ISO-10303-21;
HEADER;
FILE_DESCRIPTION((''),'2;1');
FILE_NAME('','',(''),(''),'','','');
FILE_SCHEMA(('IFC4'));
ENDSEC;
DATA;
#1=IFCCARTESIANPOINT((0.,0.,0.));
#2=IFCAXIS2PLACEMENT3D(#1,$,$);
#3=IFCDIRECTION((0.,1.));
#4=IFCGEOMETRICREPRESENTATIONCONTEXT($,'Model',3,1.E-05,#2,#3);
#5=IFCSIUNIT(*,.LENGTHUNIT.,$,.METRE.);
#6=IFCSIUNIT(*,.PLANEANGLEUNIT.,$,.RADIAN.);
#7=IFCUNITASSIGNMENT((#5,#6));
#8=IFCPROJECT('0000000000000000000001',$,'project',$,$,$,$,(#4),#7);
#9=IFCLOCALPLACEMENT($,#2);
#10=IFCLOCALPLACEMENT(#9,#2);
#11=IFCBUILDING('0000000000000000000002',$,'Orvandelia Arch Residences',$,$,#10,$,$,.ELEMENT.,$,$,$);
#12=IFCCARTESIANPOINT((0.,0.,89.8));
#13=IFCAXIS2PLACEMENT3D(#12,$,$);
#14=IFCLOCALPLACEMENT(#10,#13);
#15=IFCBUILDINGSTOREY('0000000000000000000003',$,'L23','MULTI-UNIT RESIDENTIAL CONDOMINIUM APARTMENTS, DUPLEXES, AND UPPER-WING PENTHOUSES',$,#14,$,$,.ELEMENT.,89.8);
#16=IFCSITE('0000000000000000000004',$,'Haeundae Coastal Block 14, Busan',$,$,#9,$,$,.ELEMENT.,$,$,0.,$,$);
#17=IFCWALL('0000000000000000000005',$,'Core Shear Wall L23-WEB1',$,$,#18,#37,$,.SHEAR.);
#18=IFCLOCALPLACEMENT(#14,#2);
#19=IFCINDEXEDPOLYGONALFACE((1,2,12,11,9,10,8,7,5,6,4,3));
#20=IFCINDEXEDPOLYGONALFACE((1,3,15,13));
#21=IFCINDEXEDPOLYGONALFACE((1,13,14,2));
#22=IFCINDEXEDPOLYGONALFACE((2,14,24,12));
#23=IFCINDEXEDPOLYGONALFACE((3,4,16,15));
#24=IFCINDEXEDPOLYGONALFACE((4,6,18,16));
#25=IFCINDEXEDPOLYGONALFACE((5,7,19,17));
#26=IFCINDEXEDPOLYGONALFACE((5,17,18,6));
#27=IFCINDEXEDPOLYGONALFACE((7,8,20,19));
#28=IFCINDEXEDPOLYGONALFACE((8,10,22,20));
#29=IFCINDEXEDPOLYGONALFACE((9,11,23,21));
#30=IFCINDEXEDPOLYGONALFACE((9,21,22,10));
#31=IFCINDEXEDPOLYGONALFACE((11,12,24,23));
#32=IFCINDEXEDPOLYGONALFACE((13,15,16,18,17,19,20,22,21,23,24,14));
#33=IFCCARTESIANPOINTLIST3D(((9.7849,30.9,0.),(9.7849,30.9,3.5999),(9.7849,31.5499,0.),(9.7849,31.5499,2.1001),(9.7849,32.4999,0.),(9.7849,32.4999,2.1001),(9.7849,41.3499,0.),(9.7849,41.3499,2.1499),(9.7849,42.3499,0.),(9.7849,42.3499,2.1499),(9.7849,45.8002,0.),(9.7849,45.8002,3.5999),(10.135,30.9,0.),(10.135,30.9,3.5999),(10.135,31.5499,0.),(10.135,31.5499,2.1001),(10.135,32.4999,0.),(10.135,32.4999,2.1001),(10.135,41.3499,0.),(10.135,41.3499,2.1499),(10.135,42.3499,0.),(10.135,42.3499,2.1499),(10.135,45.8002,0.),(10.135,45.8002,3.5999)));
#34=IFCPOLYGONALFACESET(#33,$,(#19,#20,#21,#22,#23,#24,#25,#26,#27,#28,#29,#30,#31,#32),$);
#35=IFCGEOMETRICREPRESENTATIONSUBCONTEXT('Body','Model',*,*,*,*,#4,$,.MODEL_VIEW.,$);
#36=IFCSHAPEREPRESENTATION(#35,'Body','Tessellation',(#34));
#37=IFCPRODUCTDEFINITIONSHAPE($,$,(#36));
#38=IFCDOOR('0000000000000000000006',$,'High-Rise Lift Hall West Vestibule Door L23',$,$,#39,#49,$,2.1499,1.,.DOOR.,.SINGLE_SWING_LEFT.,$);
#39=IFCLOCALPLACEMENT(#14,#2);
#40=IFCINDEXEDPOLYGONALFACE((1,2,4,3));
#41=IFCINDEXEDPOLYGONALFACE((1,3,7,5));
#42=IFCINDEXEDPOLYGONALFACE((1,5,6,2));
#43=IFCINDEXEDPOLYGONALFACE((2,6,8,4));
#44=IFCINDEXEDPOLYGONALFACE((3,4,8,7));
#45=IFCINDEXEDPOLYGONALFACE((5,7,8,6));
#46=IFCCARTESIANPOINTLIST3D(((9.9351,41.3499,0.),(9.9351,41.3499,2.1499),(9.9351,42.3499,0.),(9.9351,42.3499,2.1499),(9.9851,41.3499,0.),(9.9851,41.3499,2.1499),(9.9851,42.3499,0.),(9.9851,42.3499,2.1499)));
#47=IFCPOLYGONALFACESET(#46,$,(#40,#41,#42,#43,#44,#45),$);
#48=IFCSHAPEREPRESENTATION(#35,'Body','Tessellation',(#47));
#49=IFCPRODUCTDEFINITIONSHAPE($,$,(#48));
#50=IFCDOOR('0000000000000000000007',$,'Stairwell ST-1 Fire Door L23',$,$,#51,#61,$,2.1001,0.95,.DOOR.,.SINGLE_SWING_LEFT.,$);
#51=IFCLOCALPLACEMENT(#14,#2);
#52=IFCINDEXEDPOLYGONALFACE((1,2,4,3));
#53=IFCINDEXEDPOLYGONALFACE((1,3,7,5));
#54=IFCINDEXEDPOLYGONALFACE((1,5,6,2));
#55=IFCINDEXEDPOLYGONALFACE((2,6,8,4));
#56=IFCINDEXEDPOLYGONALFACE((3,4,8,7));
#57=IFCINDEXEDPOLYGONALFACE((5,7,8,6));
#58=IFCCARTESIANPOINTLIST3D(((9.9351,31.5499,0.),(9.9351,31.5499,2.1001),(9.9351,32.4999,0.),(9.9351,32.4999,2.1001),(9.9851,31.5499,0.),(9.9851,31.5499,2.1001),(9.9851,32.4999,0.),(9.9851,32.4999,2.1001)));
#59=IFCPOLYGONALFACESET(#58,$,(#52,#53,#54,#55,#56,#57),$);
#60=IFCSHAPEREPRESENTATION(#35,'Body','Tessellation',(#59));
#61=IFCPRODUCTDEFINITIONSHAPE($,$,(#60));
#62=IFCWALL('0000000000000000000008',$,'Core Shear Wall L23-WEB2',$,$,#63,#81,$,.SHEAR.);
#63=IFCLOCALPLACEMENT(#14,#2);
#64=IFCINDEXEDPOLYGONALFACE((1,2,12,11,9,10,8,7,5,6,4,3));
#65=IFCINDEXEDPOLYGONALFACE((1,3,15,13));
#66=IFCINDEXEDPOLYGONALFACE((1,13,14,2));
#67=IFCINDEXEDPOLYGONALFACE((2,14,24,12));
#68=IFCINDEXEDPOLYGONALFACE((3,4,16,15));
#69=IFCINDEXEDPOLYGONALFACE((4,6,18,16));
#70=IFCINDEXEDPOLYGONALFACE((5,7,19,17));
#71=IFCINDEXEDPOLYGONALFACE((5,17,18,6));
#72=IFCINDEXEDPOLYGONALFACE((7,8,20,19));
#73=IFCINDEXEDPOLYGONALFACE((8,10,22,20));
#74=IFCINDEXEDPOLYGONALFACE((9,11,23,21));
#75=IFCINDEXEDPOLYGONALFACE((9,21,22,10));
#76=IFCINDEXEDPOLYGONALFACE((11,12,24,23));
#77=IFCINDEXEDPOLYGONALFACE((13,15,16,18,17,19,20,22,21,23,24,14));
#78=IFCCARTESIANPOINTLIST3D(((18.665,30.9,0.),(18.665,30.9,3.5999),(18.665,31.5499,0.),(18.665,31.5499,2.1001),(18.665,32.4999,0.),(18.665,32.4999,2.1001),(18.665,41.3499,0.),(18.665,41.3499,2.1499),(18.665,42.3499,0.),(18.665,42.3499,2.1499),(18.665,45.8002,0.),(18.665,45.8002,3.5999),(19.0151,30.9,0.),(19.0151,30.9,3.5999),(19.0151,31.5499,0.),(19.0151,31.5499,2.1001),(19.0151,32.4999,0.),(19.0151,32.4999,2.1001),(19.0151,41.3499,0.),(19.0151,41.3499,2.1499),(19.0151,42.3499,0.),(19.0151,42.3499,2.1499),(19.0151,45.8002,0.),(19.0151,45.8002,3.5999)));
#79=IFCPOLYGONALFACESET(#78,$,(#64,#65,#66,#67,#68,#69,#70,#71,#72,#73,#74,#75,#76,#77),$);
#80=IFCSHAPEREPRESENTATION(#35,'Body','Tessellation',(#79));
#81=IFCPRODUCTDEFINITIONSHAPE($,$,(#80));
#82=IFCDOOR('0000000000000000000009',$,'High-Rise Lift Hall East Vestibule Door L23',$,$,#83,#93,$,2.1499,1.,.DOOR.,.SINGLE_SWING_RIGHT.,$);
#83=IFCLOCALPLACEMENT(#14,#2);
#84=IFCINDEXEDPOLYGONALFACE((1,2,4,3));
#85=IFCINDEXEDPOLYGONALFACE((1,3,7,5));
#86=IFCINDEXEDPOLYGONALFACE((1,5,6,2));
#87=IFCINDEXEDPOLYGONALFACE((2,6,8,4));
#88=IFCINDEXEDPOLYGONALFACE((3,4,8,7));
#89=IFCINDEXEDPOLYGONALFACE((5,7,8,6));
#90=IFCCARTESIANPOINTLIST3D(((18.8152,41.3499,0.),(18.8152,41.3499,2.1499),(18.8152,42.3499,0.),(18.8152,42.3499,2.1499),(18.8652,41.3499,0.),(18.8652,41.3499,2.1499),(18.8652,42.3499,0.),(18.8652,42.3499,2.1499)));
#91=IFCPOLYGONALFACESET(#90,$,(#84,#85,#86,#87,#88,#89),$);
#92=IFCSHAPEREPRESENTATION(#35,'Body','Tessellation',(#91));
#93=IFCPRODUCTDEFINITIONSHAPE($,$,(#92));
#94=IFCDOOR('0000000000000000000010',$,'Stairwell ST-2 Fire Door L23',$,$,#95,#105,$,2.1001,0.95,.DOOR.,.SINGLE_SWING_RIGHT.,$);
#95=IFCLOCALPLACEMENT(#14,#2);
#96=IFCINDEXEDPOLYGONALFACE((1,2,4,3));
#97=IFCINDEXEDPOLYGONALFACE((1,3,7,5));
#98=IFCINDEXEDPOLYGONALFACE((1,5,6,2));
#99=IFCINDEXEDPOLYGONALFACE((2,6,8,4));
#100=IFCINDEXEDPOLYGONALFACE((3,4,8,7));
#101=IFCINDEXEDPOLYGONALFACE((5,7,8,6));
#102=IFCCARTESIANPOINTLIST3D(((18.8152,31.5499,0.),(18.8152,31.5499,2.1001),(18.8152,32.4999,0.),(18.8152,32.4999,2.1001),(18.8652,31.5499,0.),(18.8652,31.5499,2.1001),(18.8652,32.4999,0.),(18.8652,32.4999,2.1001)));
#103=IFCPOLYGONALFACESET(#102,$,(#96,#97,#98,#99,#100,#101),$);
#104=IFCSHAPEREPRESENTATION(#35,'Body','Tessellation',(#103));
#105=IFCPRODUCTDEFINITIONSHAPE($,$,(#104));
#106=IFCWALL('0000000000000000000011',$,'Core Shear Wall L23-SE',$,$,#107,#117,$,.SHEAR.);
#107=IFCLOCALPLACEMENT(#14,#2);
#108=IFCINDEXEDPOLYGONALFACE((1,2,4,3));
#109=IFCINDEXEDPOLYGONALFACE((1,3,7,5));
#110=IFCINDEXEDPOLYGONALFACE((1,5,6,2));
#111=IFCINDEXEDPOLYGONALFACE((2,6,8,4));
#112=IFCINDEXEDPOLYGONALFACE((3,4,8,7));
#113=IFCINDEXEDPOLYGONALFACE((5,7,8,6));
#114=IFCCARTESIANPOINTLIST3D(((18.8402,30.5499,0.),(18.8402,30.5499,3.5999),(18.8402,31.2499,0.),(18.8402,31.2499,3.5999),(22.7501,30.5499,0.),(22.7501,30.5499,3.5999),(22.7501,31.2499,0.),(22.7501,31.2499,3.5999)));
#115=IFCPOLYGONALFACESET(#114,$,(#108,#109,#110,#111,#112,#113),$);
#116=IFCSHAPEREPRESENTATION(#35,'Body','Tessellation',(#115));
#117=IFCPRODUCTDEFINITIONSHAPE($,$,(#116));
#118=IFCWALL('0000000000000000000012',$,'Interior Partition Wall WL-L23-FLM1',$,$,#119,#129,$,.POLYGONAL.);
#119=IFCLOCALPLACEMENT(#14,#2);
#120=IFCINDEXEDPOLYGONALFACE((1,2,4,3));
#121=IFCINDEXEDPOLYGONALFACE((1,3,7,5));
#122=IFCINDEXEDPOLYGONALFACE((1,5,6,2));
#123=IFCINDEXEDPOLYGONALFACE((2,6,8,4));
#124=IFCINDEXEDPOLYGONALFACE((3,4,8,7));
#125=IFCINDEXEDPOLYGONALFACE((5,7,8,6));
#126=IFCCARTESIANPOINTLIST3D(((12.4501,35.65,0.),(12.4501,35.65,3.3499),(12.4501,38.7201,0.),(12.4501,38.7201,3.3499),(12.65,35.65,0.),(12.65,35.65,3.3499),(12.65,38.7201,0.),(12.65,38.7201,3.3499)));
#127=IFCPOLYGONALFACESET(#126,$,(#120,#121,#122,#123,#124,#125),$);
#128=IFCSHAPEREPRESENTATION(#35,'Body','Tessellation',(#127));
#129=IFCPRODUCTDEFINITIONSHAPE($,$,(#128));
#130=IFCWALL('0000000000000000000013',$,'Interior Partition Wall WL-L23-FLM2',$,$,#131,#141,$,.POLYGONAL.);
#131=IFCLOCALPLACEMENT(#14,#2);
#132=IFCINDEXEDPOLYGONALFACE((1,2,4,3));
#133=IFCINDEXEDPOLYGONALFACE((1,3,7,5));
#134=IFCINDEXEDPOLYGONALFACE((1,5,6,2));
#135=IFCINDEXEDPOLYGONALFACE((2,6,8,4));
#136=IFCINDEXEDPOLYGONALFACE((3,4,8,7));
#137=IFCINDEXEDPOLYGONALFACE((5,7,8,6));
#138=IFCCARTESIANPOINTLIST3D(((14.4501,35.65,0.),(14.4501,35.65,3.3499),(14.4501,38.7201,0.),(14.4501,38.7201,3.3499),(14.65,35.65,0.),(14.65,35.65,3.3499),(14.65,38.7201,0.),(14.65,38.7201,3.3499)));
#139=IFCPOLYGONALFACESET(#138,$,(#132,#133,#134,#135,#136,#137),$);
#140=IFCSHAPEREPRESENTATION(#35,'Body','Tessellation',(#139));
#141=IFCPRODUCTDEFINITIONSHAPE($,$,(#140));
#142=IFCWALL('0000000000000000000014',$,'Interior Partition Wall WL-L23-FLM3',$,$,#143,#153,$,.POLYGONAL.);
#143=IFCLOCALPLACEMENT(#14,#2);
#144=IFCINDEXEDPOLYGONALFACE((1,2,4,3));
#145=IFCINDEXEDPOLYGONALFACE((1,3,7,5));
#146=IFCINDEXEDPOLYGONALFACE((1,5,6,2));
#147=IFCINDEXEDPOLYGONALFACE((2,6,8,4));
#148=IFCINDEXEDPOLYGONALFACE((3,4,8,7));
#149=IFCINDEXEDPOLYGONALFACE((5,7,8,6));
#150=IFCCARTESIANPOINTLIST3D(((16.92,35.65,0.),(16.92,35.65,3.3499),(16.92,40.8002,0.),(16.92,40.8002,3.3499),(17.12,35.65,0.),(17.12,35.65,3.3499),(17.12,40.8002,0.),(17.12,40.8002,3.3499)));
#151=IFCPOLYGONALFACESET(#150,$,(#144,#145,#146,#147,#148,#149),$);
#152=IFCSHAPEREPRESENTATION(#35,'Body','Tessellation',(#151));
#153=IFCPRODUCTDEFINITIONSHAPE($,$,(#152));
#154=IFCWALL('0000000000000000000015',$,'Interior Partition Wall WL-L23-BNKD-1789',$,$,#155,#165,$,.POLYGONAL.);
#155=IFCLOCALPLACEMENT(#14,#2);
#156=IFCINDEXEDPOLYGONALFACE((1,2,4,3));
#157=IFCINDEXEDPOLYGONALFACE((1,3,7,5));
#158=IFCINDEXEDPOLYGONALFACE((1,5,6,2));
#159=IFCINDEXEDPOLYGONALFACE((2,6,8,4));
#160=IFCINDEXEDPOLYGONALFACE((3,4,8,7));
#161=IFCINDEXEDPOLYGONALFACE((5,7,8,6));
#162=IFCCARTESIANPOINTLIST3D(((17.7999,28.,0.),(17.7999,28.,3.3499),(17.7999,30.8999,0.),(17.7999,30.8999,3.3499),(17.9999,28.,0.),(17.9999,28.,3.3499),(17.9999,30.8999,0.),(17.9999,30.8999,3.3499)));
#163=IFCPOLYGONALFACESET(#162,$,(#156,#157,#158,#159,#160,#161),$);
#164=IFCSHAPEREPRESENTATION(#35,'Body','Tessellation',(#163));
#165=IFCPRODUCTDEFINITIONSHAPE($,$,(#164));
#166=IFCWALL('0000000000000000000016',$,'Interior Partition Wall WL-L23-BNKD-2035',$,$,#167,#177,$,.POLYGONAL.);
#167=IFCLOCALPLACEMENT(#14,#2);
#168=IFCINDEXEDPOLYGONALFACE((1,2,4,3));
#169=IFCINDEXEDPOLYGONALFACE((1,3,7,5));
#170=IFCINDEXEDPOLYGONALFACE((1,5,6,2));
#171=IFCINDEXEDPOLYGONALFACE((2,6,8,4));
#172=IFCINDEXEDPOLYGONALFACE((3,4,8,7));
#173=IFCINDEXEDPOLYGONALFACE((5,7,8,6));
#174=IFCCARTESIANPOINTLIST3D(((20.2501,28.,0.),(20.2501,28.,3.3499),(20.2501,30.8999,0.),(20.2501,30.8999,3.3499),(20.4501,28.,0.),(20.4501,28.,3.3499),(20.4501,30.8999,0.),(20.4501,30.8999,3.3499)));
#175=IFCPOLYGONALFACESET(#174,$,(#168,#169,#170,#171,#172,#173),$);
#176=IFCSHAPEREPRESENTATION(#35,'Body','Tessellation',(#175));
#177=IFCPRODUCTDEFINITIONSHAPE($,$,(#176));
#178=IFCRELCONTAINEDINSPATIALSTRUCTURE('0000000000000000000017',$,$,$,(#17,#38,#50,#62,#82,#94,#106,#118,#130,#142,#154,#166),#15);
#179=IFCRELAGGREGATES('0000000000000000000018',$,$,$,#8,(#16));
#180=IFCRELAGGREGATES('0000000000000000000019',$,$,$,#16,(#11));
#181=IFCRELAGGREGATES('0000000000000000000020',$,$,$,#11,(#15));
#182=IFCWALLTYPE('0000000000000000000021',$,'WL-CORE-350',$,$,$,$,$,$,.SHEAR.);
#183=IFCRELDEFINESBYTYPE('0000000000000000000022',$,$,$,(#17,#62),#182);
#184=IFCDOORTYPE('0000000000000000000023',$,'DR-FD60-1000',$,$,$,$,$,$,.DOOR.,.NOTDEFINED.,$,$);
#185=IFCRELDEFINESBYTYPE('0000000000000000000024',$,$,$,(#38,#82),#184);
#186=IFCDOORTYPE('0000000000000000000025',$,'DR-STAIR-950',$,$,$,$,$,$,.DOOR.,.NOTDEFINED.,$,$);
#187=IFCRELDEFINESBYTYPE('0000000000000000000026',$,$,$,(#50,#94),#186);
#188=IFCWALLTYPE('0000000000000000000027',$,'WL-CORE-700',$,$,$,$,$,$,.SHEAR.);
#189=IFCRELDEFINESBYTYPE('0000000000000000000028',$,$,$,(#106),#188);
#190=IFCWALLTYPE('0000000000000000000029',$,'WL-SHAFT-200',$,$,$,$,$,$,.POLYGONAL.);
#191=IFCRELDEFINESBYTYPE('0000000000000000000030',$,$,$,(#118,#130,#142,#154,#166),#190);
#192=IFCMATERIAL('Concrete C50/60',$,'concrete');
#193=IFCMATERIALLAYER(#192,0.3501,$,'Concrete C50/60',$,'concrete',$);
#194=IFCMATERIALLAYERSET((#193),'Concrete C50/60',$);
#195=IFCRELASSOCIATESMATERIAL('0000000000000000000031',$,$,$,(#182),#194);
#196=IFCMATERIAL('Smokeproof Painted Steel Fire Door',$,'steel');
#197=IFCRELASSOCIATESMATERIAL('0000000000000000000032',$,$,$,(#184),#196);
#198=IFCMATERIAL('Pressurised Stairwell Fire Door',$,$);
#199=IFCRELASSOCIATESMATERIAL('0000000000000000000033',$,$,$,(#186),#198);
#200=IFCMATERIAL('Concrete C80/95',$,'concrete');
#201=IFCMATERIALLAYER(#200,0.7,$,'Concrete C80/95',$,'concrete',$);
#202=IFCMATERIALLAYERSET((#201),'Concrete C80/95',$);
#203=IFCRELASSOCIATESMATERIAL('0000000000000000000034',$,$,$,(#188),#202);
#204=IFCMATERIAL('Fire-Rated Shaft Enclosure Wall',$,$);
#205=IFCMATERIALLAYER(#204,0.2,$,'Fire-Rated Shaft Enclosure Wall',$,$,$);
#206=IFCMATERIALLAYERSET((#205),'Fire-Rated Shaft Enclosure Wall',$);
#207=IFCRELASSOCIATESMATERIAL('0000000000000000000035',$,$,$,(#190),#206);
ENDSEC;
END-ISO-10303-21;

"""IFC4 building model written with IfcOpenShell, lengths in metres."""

from ifc_helpers import new_model, si_unit, direction, frame, frame_2d, origin, place, context, subcontext, project, spatial, rectangle, extrude, material, layer, layer_set, type_object, element, fill, save


model = new_model("IFC4")

# Units and contexts
model_context = context("Model", 3, precision=1e-05, world=origin(), true_north=direction((0.0, 1.0)))
body_context = subcontext(model_context, "Body", "Model", "MODEL_VIEW")
ifc_project = project(units=[si_unit("LENGTHUNIT", "METRE"), si_unit("PLANEANGLEUNIT", "RADIAN")], contexts=[model_context])

# Site, building, storey
site_placement = place(None, origin())
site = spatial("IfcSite", under=ifc_project, at=site_placement, Name="Haeundae Coastal Block 14, Busan", CompositionType="ELEMENT", RefElevation=0.0)
building_placement = place(site_placement, origin())
building = spatial("IfcBuilding", under=site, at=building_placement, Name="Orvandelia Arch Residences", CompositionType="ELEMENT")
storey_placement = place(building_placement, frame((0.0, 0.0, 89.8)))
storey = spatial("IfcBuildingStorey", under=building, at=storey_placement, Name="L23", Description="MULTI-UNIT RESIDENTIAL CONDOMINIUM APARTMENTS, DUPLEXES, AND UPPER-WING PENTHOUSES", CompositionType="ELEMENT", Elevation=89.8)

# Walls, openings, doors
ifc_material_1 = material(Name="Concrete C50/60", Category="concrete")
ifc_layer_1 = layer(ifc_material_1, 0.3501, Name="Concrete C50/60", Category="concrete")
ifc_layer_set_1 = layer_set([ifc_layer_1], Name="Concrete C50/60")
wall_type_1 = type_object("IfcWallType", Name="WL-CORE-350", PredefinedType="SHEAR", material=ifc_layer_set_1)
wall_1_placement = place(storey_placement, frame((9.96, 30.8999, 0.0), z_axis=(0.0, 0.0, 1.0), x_axis=(0.0, 1.0, 0.0)))
wall_1 = element("IfcWall", 1, at=wall_1_placement, inside=storey, type_object=wall_type_1, Name="Core Shear Wall L23-WEB1", PredefinedType="SHEAR", context=body_context, shape_type="SweptSolid", body=[
    extrude(rectangle(XDim=14.9001, YDim=0.3501, at=frame_2d((7.4502, 0.0))), origin(), (0.0, 0.0, 1.0), 3.5999),
])
opening_1_placement = place(wall_1_placement, frame((0.6499, 0.0, 0.0)))
opening_1 = element("IfcOpeningElement", 2, at=opening_1_placement, cuts=wall_1, PredefinedType="OPENING", context=body_context, shape_type="SweptSolid", body=[
    extrude(rectangle(XDim=0.95, YDim=2.1001, at=frame_2d((0.4751, 1.05))), frame((0.0, 0.1851, 0.0), z_axis=(0.0, -1.0, 0.0), x_axis=(1.0, 0.0, 0.0)), (0.0, 0.0, 1.0), 0.3701),
])
opening_2_placement = place(wall_1_placement, frame((10.45, 0.0, 0.0)))
opening_2 = element("IfcOpeningElement", 3, at=opening_2_placement, cuts=wall_1, PredefinedType="OPENING", context=body_context, shape_type="SweptSolid", body=[
    extrude(rectangle(XDim=1.0, YDim=2.1499, at=frame_2d((0.5, 1.075))), frame((0.0, 0.1851, 0.0), z_axis=(0.0, -1.0, 0.0), x_axis=(1.0, 0.0, 0.0)), (0.0, 0.0, 1.0), 0.3701),
])
ifc_material_2 = material(Name="Smokeproof Painted Steel Fire Door", Category="steel")
door_type_1 = type_object("IfcDoorType", Name="DR-FD60-1000", OperationType="NOTDEFINED", PredefinedType="DOOR", material=ifc_material_2)
door_1_placement = place(opening_2_placement, origin())
door_1 = element("IfcDoor", 4, at=door_1_placement, inside=storey, type_object=door_type_1, Name="High-Rise Lift Hall West Vestibule Door L23", OperationType="SINGLE_SWING_LEFT", OverallHeight=2.1499, OverallWidth=1.0, PredefinedType="DOOR", context=body_context, shape_type="SweptSolid", body=[
    extrude(rectangle(XDim=1.0, YDim=2.1499, at=frame_2d((0.5, 1.075))), frame((0.0, 0.0249, 0.0), z_axis=(0.0, -1.0, 0.0), x_axis=(1.0, 0.0, 0.0)), (0.0, 0.0, 1.0), 0.05),
])
fill(opening_2, door_1)
ifc_material_3 = material(Name="Pressurised Stairwell Fire Door")
door_type_2 = type_object("IfcDoorType", Name="DR-STAIR-950", OperationType="NOTDEFINED", PredefinedType="DOOR", material=ifc_material_3)
door_2_placement = place(opening_1_placement, origin())
door_2 = element("IfcDoor", 5, at=door_2_placement, inside=storey, type_object=door_type_2, Name="Stairwell ST-1 Fire Door L23", OperationType="SINGLE_SWING_LEFT", OverallHeight=2.1001, OverallWidth=0.95, PredefinedType="DOOR", context=body_context, shape_type="SweptSolid", body=[
    extrude(rectangle(XDim=0.95, YDim=2.1001, at=frame_2d((0.4751, 1.05))), frame((0.0, 0.0249, 0.0), z_axis=(0.0, -1.0, 0.0), x_axis=(1.0, 0.0, 0.0)), (0.0, 0.0, 1.0), 0.05),
])
fill(opening_1, door_2)
wall_2_placement = place(storey_placement, frame((18.8401, 30.8999, 0.0), z_axis=(0.0, 0.0, 1.0), x_axis=(0.0, 1.0, 0.0)))
wall_2 = element("IfcWall", 6, at=wall_2_placement, inside=storey, type_object=wall_type_1, Name="Core Shear Wall L23-WEB2", PredefinedType="SHEAR", context=body_context, shape_type="SweptSolid", body=[
    extrude(rectangle(XDim=14.9001, YDim=0.3501, at=frame_2d((7.4502, 0.0))), origin(), (0.0, 0.0, 1.0), 3.5999),
])
opening_3_placement = place(wall_2_placement, frame((0.6499, 0.0, 0.0)))
opening_3 = element("IfcOpeningElement", 7, at=opening_3_placement, cuts=wall_2, PredefinedType="OPENING", context=body_context, shape_type="SweptSolid", body=[
    extrude(rectangle(XDim=0.95, YDim=2.1001, at=frame_2d((0.4751, 1.05))), frame((0.0, 0.1851, 0.0), z_axis=(0.0, -1.0, 0.0), x_axis=(1.0, 0.0, 0.0)), (0.0, 0.0, 1.0), 0.3701),
])
opening_4_placement = place(wall_2_placement, frame((10.45, 0.0, 0.0)))
opening_4 = element("IfcOpeningElement", 8, at=opening_4_placement, cuts=wall_2, PredefinedType="OPENING", context=body_context, shape_type="SweptSolid", body=[
    extrude(rectangle(XDim=1.0, YDim=2.1499, at=frame_2d((0.5, 1.075))), frame((0.0, 0.1851, 0.0), z_axis=(0.0, -1.0, 0.0), x_axis=(1.0, 0.0, 0.0)), (0.0, 0.0, 1.0), 0.3701),
])
door_3_placement = place(opening_4_placement, origin())
door_3 = element("IfcDoor", 9, at=door_3_placement, inside=storey, type_object=door_type_1, Name="High-Rise Lift Hall East Vestibule Door L23", OperationType="SINGLE_SWING_RIGHT", OverallHeight=2.1499, OverallWidth=1.0, PredefinedType="DOOR", context=body_context, shape_type="SweptSolid", body=[
    extrude(rectangle(XDim=1.0, YDim=2.1499, at=frame_2d((0.5, 1.075))), frame((0.0, 0.0249, 0.0), z_axis=(0.0, -1.0, 0.0), x_axis=(1.0, 0.0, 0.0)), (0.0, 0.0, 1.0), 0.05),
])
fill(opening_4, door_3)
door_4_placement = place(opening_3_placement, origin())
door_4 = element("IfcDoor", 10, at=door_4_placement, inside=storey, type_object=door_type_2, Name="Stairwell ST-2 Fire Door L23", OperationType="SINGLE_SWING_RIGHT", OverallHeight=2.1001, OverallWidth=0.95, PredefinedType="DOOR", context=body_context, shape_type="SweptSolid", body=[
    extrude(rectangle(XDim=0.95, YDim=2.1001, at=frame_2d((0.4751, 1.05))), frame((0.0, 0.0249, 0.0), z_axis=(0.0, -1.0, 0.0), x_axis=(1.0, 0.0, 0.0)), (0.0, 0.0, 1.0), 0.05),
])
fill(opening_3, door_4)

# Shared definitions
ifc_material_4 = material(Name="Concrete C80/95", Category="concrete")
ifc_layer_2 = layer(ifc_material_4, 0.7, Name="Concrete C80/95", Category="concrete")
ifc_layer_set_2 = layer_set([ifc_layer_2], Name="Concrete C80/95")
wall_type_2 = type_object("IfcWallType", Name="WL-CORE-700", PredefinedType="SHEAR", material=ifc_layer_set_2)

# Walls
wall_3_placement = place(storey_placement, frame((18.8401, 30.8999, 0.0), z_axis=(0.0, 0.0, 1.0), x_axis=(1.0, 0.0, 0.0)))
element("IfcWall", 11, at=wall_3_placement, inside=storey, type_object=wall_type_2, Name="Core Shear Wall L23-SE", PredefinedType="SHEAR", context=body_context, shape_type="SweptSolid", body=[
    extrude(rectangle(XDim=3.9099, YDim=0.7, at=frame_2d((1.9551, 0.0))), origin(), (0.0, 0.0, 1.0), 3.5999),
])
ifc_material_5 = material(Name="Fire-Rated Shaft Enclosure Wall")
ifc_layer_3 = layer(ifc_material_5, 0.2, Name="Fire-Rated Shaft Enclosure Wall")
ifc_layer_set_3 = layer_set([ifc_layer_3], Name="Fire-Rated Shaft Enclosure Wall")
wall_type_3 = type_object("IfcWallType", Name="WL-SHAFT-200", PredefinedType="POLYGONAL", material=ifc_layer_set_3)
for number, where, z_axis, x_axis, name in (
    (12, (12.55, 35.6499, 0.0), (0.0, 0.0, 1.0), (0.0, 1.0, 0.0), "Interior Partition Wall WL-L23-FLM1"),
    (13, (14.55, 35.6499, 0.0), (0.0, 0.0, 1.0), (0.0, 1.0, 0.0), "Interior Partition Wall WL-L23-FLM2"),
):
    element("IfcWall", number, at=place(storey_placement, frame(where, z_axis=z_axis, x_axis=x_axis)), inside=storey, type_object=wall_type_3, Name=name, PredefinedType="POLYGONAL", context=body_context, shape_type="SweptSolid", body=[
        extrude(rectangle(XDim=3.0701, YDim=0.2, at=frame_2d((1.5352, 0.0))), origin(), (0.0, 0.0, 1.0), 3.3499),
    ])
wall_4_placement = place(storey_placement, frame((17.02, 35.6499, 0.0), z_axis=(0.0, 0.0, 1.0), x_axis=(0.0, 1.0, 0.0)))
element("IfcWall", 14, at=wall_4_placement, inside=storey, type_object=wall_type_3, Name="Interior Partition Wall WL-L23-FLM3", PredefinedType="POLYGONAL", context=body_context, shape_type="SweptSolid", body=[
    extrude(rectangle(XDim=5.1501, YDim=0.2, at=frame_2d((2.5752, 0.0))), origin(), (0.0, 0.0, 1.0), 3.3499),
])
for number, where, z_axis, x_axis, name in (
    (15, (17.8999, 28.0, 0.0), (0.0, 0.0, 1.0), (0.0, 1.0, 0.0), "Interior Partition Wall WL-L23-BNKD-1789"),
    (16, (20.3501, 28.0, 0.0), (0.0, 0.0, 1.0), (0.0, 1.0, 0.0), "Interior Partition Wall WL-L23-BNKD-2035"),
):
    element("IfcWall", number, at=place(storey_placement, frame(where, z_axis=z_axis, x_axis=x_axis)), inside=storey, type_object=wall_type_3, Name=name, PredefinedType="POLYGONAL", context=body_context, shape_type="SweptSolid", body=[
        extrude(rectangle(XDim=2.8999, YDim=0.2, at=frame_2d((1.45, 0.0))), origin(), (0.0, 0.0, 1.0), 3.3499),
    ])

save(model, "model.ifc")
